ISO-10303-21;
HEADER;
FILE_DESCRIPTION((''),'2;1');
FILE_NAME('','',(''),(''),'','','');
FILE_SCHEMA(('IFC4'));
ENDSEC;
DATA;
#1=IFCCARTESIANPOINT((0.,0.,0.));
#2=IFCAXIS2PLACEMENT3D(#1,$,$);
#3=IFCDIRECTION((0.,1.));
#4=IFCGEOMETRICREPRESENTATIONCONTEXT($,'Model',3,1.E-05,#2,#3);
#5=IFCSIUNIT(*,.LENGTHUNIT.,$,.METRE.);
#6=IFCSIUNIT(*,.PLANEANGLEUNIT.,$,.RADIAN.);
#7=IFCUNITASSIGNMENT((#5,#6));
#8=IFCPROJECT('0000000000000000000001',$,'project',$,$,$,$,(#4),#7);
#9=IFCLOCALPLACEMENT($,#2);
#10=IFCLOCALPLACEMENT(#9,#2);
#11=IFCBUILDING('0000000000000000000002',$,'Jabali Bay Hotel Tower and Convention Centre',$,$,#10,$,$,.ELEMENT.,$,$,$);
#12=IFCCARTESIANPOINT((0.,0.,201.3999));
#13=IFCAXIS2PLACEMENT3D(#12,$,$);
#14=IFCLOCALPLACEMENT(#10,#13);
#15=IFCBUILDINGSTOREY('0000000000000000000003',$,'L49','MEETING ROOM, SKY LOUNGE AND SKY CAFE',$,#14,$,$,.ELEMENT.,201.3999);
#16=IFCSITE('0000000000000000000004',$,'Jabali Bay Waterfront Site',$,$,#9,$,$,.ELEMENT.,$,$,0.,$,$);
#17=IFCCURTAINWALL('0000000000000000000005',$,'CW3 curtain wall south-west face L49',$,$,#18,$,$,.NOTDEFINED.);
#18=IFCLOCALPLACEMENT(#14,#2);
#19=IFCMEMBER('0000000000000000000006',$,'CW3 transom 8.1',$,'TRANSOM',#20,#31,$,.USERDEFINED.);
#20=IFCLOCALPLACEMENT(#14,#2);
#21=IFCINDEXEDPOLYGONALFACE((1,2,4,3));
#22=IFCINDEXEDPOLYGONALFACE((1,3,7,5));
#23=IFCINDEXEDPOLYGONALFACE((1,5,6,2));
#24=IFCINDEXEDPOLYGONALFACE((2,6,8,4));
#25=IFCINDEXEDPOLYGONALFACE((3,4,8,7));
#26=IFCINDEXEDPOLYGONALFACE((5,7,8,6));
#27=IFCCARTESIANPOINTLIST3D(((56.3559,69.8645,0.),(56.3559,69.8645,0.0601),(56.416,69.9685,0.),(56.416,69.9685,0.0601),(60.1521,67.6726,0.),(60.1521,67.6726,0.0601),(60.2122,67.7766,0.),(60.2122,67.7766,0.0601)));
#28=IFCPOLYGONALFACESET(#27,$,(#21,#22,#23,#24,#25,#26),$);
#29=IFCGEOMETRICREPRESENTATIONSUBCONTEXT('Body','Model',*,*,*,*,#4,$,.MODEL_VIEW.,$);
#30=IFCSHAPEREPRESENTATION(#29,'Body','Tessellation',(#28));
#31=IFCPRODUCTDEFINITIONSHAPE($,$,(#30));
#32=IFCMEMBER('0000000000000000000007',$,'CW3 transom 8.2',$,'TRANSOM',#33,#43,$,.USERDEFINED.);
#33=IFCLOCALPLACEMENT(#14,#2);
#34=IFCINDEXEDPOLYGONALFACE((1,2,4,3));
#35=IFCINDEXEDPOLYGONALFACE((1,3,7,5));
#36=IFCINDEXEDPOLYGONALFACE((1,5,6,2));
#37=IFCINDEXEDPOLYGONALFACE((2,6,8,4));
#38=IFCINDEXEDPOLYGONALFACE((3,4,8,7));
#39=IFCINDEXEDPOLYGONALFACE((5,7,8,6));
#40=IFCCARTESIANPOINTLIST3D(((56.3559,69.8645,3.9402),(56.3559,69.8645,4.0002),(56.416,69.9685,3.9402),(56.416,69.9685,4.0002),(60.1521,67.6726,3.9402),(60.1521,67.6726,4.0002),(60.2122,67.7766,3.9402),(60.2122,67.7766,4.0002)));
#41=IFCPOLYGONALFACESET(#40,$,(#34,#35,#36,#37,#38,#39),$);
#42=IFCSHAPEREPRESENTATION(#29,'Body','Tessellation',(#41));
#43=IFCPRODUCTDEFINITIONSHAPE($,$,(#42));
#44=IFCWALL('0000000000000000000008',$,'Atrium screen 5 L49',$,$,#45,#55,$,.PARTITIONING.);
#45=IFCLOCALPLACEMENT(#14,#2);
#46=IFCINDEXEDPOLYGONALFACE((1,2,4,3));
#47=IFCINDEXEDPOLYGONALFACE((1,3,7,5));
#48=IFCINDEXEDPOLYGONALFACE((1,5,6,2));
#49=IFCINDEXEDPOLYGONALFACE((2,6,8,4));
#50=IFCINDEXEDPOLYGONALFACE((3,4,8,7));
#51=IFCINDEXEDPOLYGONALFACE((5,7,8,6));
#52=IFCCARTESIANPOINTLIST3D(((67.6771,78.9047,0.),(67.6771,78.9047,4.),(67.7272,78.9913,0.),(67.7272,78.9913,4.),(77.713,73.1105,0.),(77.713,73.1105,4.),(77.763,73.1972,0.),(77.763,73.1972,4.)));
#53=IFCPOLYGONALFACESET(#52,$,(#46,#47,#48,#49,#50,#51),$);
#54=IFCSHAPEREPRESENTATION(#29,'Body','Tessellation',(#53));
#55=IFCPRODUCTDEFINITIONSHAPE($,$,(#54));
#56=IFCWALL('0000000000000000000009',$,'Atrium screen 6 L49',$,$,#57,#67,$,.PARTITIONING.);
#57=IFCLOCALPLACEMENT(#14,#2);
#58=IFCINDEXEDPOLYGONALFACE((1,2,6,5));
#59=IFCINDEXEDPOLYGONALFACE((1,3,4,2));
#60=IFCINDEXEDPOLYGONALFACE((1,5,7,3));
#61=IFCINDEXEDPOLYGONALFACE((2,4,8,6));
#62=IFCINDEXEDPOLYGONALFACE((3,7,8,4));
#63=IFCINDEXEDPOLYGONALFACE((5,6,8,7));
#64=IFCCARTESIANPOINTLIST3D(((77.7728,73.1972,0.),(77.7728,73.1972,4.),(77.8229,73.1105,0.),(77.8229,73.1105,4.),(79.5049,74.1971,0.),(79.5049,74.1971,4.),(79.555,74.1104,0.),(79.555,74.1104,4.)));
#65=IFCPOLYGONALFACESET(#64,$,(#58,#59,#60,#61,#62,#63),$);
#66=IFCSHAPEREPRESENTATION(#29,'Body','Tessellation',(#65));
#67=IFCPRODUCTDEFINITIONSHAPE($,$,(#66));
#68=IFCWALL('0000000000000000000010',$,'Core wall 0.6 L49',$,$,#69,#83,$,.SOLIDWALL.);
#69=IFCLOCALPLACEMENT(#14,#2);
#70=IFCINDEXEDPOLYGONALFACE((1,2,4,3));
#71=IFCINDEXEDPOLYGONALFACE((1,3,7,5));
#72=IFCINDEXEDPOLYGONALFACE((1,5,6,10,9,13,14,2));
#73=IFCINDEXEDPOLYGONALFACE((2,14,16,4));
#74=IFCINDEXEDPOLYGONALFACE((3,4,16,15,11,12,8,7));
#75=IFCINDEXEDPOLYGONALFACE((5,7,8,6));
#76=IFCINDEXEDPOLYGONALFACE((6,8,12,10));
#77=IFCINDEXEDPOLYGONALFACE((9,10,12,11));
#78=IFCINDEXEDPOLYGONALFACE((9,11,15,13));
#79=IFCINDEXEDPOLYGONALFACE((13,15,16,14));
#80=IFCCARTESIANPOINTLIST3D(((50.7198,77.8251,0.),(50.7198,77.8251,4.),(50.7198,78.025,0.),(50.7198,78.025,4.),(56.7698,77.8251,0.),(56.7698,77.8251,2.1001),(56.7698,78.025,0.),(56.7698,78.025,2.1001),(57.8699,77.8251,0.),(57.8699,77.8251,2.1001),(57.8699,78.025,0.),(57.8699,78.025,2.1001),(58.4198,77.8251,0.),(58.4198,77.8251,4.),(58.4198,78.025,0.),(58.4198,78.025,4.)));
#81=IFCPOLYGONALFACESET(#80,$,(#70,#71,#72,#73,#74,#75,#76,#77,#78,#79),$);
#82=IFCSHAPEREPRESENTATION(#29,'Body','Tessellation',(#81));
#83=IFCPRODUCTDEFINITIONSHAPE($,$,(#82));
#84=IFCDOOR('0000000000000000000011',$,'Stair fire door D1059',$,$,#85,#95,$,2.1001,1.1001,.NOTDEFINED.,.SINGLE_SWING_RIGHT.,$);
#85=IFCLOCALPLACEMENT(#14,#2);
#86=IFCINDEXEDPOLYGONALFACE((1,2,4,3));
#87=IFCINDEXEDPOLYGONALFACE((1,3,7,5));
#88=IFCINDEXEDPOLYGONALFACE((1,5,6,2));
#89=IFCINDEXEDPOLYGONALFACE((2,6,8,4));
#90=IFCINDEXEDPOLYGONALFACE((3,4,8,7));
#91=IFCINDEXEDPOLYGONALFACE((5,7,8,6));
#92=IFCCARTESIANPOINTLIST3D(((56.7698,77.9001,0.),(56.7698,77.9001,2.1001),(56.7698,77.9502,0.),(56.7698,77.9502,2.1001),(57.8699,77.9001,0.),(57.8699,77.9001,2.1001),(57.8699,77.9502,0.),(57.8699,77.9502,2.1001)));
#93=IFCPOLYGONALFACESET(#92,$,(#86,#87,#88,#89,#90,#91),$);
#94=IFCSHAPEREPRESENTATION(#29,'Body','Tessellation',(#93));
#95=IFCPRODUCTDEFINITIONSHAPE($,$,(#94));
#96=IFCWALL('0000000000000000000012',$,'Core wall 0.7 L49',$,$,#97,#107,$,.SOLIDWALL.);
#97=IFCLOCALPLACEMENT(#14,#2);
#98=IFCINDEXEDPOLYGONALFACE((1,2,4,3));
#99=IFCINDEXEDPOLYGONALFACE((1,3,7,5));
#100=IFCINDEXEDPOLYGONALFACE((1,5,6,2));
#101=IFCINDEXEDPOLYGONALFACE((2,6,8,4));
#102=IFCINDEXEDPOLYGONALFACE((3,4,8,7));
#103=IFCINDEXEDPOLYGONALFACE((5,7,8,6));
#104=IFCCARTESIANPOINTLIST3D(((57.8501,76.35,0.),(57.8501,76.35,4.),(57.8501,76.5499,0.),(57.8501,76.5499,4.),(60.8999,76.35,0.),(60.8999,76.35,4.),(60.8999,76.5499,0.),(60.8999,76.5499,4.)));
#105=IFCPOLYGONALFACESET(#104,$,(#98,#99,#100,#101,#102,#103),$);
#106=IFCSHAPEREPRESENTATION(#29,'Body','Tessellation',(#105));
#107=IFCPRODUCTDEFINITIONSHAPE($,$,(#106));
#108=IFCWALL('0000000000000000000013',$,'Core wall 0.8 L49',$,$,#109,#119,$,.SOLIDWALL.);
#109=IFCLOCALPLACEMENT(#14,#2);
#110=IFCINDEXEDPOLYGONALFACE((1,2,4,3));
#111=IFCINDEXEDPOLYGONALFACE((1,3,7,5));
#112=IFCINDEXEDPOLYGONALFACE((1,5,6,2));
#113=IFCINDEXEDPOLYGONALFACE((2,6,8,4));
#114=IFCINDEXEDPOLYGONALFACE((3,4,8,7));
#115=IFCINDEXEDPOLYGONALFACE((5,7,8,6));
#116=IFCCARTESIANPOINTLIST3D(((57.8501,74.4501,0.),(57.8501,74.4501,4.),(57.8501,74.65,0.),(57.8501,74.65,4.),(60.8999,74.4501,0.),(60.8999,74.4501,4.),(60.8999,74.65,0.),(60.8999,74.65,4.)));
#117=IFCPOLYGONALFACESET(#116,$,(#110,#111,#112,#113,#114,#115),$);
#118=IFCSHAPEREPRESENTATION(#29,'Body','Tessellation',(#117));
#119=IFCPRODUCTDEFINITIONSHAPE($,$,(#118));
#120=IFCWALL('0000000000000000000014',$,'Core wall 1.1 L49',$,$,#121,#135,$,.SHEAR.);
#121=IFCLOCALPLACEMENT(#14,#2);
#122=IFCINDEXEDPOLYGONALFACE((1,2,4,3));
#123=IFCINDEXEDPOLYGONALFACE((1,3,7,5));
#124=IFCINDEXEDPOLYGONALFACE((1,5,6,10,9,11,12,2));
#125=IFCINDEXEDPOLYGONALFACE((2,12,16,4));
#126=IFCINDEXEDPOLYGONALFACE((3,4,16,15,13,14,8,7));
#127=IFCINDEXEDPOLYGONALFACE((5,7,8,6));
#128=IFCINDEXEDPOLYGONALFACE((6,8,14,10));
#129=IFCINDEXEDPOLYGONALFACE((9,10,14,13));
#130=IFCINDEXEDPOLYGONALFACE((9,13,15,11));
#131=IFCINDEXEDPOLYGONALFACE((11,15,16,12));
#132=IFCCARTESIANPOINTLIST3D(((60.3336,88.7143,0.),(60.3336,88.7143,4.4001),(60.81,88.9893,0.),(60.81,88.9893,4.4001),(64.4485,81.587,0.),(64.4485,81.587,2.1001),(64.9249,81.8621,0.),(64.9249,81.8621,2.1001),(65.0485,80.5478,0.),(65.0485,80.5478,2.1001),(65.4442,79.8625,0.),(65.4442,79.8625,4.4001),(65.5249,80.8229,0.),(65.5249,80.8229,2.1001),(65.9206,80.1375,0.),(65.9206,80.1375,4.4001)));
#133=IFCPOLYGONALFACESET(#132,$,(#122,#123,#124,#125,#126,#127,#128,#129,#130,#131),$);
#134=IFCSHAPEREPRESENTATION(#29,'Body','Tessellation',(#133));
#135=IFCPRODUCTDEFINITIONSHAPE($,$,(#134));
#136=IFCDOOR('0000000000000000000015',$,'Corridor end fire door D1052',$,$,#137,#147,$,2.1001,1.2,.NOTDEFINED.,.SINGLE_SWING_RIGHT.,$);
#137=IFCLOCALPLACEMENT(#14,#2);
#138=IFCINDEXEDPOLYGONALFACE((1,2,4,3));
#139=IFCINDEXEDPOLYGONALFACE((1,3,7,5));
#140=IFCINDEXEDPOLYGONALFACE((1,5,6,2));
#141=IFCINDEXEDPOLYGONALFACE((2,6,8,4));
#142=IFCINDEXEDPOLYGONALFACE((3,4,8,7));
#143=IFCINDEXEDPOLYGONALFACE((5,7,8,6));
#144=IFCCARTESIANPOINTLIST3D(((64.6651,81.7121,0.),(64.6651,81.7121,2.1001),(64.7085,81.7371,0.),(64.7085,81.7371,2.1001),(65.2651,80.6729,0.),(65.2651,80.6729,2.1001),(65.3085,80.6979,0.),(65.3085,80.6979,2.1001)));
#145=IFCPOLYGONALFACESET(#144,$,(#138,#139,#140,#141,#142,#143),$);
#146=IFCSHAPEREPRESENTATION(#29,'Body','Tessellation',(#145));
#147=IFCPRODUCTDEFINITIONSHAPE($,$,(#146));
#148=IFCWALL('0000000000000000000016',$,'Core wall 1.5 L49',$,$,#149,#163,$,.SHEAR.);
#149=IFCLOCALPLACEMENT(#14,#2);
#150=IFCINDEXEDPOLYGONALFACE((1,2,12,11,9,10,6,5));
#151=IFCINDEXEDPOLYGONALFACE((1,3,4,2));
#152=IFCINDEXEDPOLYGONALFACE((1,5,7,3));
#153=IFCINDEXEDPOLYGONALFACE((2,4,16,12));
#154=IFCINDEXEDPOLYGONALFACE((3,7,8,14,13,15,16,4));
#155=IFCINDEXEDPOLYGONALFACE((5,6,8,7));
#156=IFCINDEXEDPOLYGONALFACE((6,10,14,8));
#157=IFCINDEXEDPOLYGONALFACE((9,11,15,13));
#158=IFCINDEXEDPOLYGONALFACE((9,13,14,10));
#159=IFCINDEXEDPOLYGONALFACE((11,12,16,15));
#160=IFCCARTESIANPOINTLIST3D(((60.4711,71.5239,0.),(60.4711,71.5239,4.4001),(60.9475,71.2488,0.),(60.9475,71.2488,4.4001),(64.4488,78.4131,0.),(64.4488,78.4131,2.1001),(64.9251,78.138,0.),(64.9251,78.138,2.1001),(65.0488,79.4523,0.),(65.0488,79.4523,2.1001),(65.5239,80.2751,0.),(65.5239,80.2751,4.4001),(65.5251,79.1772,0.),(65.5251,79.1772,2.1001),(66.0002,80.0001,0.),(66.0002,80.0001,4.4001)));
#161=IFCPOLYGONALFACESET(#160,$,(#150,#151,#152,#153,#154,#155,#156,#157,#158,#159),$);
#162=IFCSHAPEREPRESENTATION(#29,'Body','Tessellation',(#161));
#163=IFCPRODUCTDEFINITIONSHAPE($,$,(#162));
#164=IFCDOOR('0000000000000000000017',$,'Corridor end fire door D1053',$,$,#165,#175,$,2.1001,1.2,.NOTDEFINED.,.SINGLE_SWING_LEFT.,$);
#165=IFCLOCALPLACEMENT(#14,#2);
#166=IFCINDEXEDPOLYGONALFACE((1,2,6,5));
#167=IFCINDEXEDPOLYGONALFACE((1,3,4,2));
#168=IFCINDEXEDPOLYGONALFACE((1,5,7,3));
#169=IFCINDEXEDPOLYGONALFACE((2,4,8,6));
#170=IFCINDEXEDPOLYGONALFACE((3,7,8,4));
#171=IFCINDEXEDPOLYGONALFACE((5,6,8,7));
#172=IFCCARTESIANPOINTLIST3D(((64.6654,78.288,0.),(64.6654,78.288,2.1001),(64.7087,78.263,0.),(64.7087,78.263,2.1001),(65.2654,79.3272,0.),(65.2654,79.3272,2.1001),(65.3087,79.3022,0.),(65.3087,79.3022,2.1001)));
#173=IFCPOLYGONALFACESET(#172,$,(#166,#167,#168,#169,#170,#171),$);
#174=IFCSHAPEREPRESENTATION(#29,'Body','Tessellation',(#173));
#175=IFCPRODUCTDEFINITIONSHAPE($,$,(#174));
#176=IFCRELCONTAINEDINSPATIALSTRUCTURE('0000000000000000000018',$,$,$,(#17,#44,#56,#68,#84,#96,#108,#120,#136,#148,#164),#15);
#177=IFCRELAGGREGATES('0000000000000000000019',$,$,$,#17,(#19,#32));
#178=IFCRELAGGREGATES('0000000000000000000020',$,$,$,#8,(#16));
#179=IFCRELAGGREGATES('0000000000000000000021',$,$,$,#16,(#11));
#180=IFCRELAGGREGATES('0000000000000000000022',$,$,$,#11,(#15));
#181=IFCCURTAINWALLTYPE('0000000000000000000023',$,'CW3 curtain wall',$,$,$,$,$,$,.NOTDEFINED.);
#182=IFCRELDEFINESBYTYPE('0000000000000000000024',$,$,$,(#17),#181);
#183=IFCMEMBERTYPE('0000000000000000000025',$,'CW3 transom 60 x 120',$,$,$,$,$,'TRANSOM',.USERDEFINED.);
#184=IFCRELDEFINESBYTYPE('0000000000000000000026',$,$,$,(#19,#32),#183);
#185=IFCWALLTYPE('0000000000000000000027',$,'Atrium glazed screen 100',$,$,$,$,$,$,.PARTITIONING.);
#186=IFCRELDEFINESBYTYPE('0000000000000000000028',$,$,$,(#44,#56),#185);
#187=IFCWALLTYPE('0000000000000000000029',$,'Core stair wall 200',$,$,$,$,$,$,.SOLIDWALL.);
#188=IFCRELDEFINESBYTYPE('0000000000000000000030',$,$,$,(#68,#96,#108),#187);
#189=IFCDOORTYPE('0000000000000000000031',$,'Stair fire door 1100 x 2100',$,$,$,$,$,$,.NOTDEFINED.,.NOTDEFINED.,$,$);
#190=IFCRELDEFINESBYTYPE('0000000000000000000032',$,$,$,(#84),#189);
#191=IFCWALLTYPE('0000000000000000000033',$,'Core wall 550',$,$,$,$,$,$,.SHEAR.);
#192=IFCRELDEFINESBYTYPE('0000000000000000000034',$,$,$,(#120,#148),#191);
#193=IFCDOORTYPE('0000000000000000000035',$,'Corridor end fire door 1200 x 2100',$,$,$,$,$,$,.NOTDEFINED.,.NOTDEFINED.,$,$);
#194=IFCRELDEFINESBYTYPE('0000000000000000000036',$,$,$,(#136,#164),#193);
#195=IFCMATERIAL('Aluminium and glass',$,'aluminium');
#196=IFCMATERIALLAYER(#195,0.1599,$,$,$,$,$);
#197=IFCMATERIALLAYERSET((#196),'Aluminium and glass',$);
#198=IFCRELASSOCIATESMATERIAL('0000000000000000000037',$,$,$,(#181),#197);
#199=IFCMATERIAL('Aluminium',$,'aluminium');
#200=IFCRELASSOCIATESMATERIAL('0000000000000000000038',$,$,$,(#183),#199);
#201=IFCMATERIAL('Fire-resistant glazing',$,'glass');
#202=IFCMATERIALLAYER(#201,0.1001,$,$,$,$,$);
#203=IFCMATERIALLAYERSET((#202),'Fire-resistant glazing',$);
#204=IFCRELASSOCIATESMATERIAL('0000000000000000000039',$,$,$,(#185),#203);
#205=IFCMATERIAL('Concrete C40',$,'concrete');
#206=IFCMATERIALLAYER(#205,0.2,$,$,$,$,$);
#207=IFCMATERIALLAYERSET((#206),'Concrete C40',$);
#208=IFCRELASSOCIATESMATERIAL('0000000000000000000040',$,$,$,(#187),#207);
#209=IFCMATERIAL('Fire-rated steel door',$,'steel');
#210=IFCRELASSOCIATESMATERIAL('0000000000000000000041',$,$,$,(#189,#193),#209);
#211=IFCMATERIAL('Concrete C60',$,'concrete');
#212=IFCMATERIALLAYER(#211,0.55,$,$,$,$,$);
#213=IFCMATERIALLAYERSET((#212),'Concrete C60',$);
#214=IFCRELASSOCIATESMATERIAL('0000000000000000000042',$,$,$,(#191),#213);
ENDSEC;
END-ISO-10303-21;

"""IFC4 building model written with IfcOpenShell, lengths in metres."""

from ifc_helpers import new_model, si_unit, direction, frame, frame_2d, origin, origin_2d, place, context, subcontext, project, spatial, rectangle, extrude, material, layer, layer_set, material_profile, profile_set, type_object, element, fill, aggregate, save


model = new_model("IFC4")

# Units and contexts
model_context = context("Model", 3, precision=1e-05, world=origin(), true_north=direction((0.0, 1.0)))
body_context = subcontext(model_context, "Body", "Model", "MODEL_VIEW")
ifc_project = project(units=[si_unit("LENGTHUNIT", "METRE"), si_unit("PLANEANGLEUNIT", "RADIAN")], contexts=[model_context])

# Site, building, storey
site_placement = place(None, origin())
site = spatial("IfcSite", under=ifc_project, at=site_placement, Name="Jabali Bay Waterfront Site", CompositionType="ELEMENT", RefElevation=0.0)
building_placement = place(site_placement, origin())
building = spatial("IfcBuilding", under=site, at=building_placement, Name="Jabali Bay Hotel Tower and Convention Centre", CompositionType="ELEMENT")
storey_placement = place(building_placement, frame((0.0, 0.0, 201.3999)))
storey = spatial("IfcBuildingStorey", under=building, at=storey_placement, Name="L49", Description="MEETING ROOM, SKY LOUNGE AND SKY CAFE", CompositionType="ELEMENT", Elevation=201.3999)

# Curtain wall, members
ifc_material_1 = material(Name="Aluminium and glass", Category="aluminium")
ifc_layer_1 = layer(ifc_material_1, 0.1599)
ifc_layer_set_1 = layer_set([ifc_layer_1], Name="Aluminium and glass")
curtain_wall_type = type_object("IfcCurtainWallType", Name="CW3 curtain wall", PredefinedType="NOTDEFINED", material=ifc_layer_set_1)
curtain_wall_placement = place(storey_placement, origin())
curtain_wall = element("IfcCurtainWall", 1, at=curtain_wall_placement, inside=storey, type_object=curtain_wall_type, Name="CW3 curtain wall south-west face L49", PredefinedType="NOTDEFINED")
ifc_material_2 = material(Name="Aluminium", Category="aluminium")
ifc_material_profile = material_profile(ifc_material_2, rectangle(XDim=0.1201, YDim=0.0601, at=origin_2d()), Name="CW3 transom 60 x 120")
ifc_profile_set = profile_set([ifc_material_profile], Name="Aluminium")
member_type = type_object("IfcMemberType", Name="CW3 transom 60 x 120", ElementType="TRANSOM", PredefinedType="USERDEFINED", material=ifc_profile_set)
member_1_placement = place(storey_placement, frame((60.1821, 67.7246, 0.03), z_axis=(-0.866007, 0.500033, 0.0), x_axis=(-0.500033, -0.866007, 0.0)))
member_1 = element("IfcMember", 2, at=member_1_placement, type_object=member_type, Name="CW3 transom 8.1", ObjectType="TRANSOM", PredefinedType="USERDEFINED", context=body_context, shape_type="SweptSolid", body=[
    extrude(rectangle(XDim=0.1201, YDim=0.0601, at=origin_2d()), origin(), (0.0, 0.0, 1.0), 4.3835),
])
member_2_placement = place(storey_placement, frame((60.1821, 67.7246, 3.9702), z_axis=(-0.866007, 0.500033, 0.0), x_axis=(-0.500033, -0.866007, 0.0)))
member_2 = element("IfcMember", 3, at=member_2_placement, type_object=member_type, Name="CW3 transom 8.2", ObjectType="TRANSOM", PredefinedType="USERDEFINED", context=body_context, shape_type="SweptSolid", body=[
    extrude(rectangle(XDim=0.1201, YDim=0.0601, at=origin_2d()), origin(), (0.0, 0.0, 1.0), 4.3835),
])
aggregate(curtain_wall, [member_1, member_2])

# Walls
ifc_material_3 = material(Name="Fire-resistant glazing", Category="glass")
ifc_layer_2 = layer(ifc_material_3, 0.1001)
ifc_layer_set_2 = layer_set([ifc_layer_2], Name="Fire-resistant glazing")
wall_type_1 = type_object("IfcWallType", Name="Atrium glazed screen 100", PredefinedType="PARTITIONING", material=ifc_layer_set_2)
wall_1_placement = place(storey_placement, frame((67.7021, 78.948, 0.0), z_axis=(0.0, 0.0, 1.0), x_axis=(0.866027, -0.499998, 0.0)))
element("IfcWall", 4, at=wall_1_placement, inside=storey, type_object=wall_type_1, Name="Atrium screen 5 L49", PredefinedType="PARTITIONING", context=body_context, shape_type="SweptSolid", body=[
    extrude(rectangle(XDim=11.5884, YDim=0.1001, at=frame_2d((5.7942, 0.0))), origin(), (0.0, 0.0, 1.0), 4.0),
])
wall_2_placement = place(storey_placement, frame((77.7979, 73.1538, 0.0), z_axis=(0.0, 0.0, 1.0), x_axis=(0.866041, 0.499973, 0.0)))
element("IfcWall", 5, at=wall_2_placement, inside=storey, type_object=wall_type_1, Name="Atrium screen 6 L49", PredefinedType="PARTITIONING", context=body_context, shape_type="SweptSolid", body=[
    extrude(rectangle(XDim=2.0, YDim=0.1001, at=frame_2d((1.0, 0.0))), origin(), (0.0, 0.0, 1.0), 4.0),
])

# Wall, opening, door
ifc_material_4 = material(Name="Concrete C40", Category="concrete")
ifc_layer_3 = layer(ifc_material_4, 0.2)
ifc_layer_set_3 = layer_set([ifc_layer_3], Name="Concrete C40")
wall_type_2 = type_object("IfcWallType", Name="Core stair wall 200", PredefinedType="SOLIDWALL", material=ifc_layer_set_3)
wall_3_placement = place(storey_placement, frame((58.4199, 77.925, 0.0), z_axis=(0.0, 0.0, 1.0), x_axis=(-1.0, 0.0, 0.0)))
wall_3 = element("IfcWall", 6, at=wall_3_placement, inside=storey, type_object=wall_type_2, Name="Core wall 0.6 L49", PredefinedType="SOLIDWALL", context=body_context, shape_type="SweptSolid", body=[
    extrude(rectangle(XDim=7.7, YDim=0.2, at=frame_2d((3.8501, 0.0))), origin(), (0.0, 0.0, 1.0), 4.0),
])
opening_1_placement = place(wall_3_placement, frame((0.55, 0.0, 0.0)))
opening_1 = element("IfcOpeningElement", 7, at=opening_1_placement, cuts=wall_3, PredefinedType="OPENING", context=body_context, shape_type="SweptSolid", body=[
    extrude(rectangle(XDim=1.1001, YDim=2.1001, at=frame_2d((0.55, 1.05))), frame((0.0, 0.1104, 0.0), z_axis=(0.0, -1.0, 0.0), x_axis=(1.0, 0.0, 0.0)), (0.0, 0.0, 1.0), 0.2209),
])
ifc_material_5 = material(Name="Fire-rated steel door", Category="steel")
door_type_1 = type_object("IfcDoorType", Name="Stair fire door 1100 x 2100", OperationType="NOTDEFINED", PredefinedType="NOTDEFINED", material=ifc_material_5)
door_1_placement = place(opening_1_placement, origin())
door_1 = element("IfcDoor", 8, at=door_1_placement, inside=storey, type_object=door_type_1, Name="Stair fire door D1059", OperationType="SINGLE_SWING_RIGHT", OverallHeight=2.1001, OverallWidth=1.1001, PredefinedType="NOTDEFINED", context=body_context, shape_type="SweptSolid", body=[
    extrude(rectangle(XDim=1.1001, YDim=2.1001, at=frame_2d((0.55, 1.05))), frame((0.0, 0.0249, 0.0), z_axis=(0.0, -1.0, 0.0), x_axis=(1.0, 0.0, 0.0)), (0.0, 0.0, 1.0), 0.05),
])
fill(opening_1, door_1)

# Walls
for number, where, z_axis, x_axis, name in (
    (9, (60.8999, 76.45, 0.0), (0.0, 0.0, 1.0), (-1.0, 0.0, 0.0), "Core wall 0.7 L49"),
    (10, (60.8999, 74.55, 0.0), (0.0, 0.0, 1.0), (-1.0, 0.0, 0.0), "Core wall 0.8 L49"),
):
    element("IfcWall", number, at=place(storey_placement, frame(where, z_axis=z_axis, x_axis=x_axis)), inside=storey, type_object=wall_type_2, Name=name, PredefinedType="SOLIDWALL", context=body_context, shape_type="SweptSolid", body=[
        extrude(rectangle(XDim=3.0498, YDim=0.2, at=frame_2d((1.5249, 0.0))), origin(), (0.0, 0.0, 1.0), 4.0),
    ])

# Walls, openings, doors
ifc_material_6 = material(Name="Concrete C60", Category="concrete")
ifc_layer_4 = layer(ifc_material_6, 0.55)
ifc_layer_set_4 = layer_set([ifc_layer_4], Name="Concrete C60")
wall_type_3 = type_object("IfcWallType", Name="Core wall 550", PredefinedType="SHEAR", material=ifc_layer_set_4)
wall_4_placement = place(storey_placement, frame((65.6824, 80.0, 0.0), z_axis=(0.0, 0.0, 1.0), x_axis=(-0.5, 0.866025, 0.0)))
wall_4 = element("IfcWall", 11, at=wall_4_placement, inside=storey, type_object=wall_type_3, Name="Core wall 1.1 L49", PredefinedType="SHEAR", context=body_context, shape_type="SweptSolid", body=[
    extrude(rectangle(XDim=10.2212, YDim=0.55, at=frame_2d((5.1106, 0.0))), origin(), (0.0, 0.0, 1.0), 4.4001),
])
opening_2_placement = place(wall_4_placement, frame((0.7913, 0.0, 0.0)))
opening_2 = element("IfcOpeningElement", 12, at=opening_2_placement, cuts=wall_4, PredefinedType="OPENING", context=body_context, shape_type="SweptSolid", body=[
    extrude(rectangle(XDim=1.2, YDim=2.1001, at=frame_2d((0.6001, 1.05))), frame((0.0, 0.2856, 0.0), z_axis=(0.0, -1.0, 0.0), x_axis=(1.0, 0.0, 0.0)), (0.0, 0.0, 1.0), 0.571),
])
door_type_2 = type_object("IfcDoorType", Name="Corridor end fire door 1200 x 2100", OperationType="NOTDEFINED", PredefinedType="NOTDEFINED", material=ifc_material_5)
door_2_placement = place(opening_2_placement, origin())
door_2 = element("IfcDoor", 13, at=door_2_placement, inside=storey, type_object=door_type_2, Name="Corridor end fire door D1052", OperationType="SINGLE_SWING_RIGHT", OverallHeight=2.1001, OverallWidth=1.2, PredefinedType="NOTDEFINED", context=body_context, shape_type="SweptSolid", body=[
    extrude(rectangle(XDim=1.2, YDim=2.1001, at=frame_2d((0.6001, 1.05))), frame((0.0, 0.0249, 0.0), z_axis=(0.0, -1.0, 0.0), x_axis=(1.0, 0.0, 0.0)), (0.0, 0.0, 1.0), 0.05),
])
fill(opening_2, door_2)
wall_5_placement = place(storey_placement, frame((60.7092, 71.3862, 0.0), z_axis=(0.0, 0.0, 1.0), x_axis=(0.500016, 0.866016, 0.0)))
wall_5 = element("IfcWall", 14, at=wall_5_placement, inside=storey, type_object=wall_type_3, Name="Core wall 1.5 L49", PredefinedType="SHEAR", context=body_context, shape_type="SweptSolid", body=[
    extrude(rectangle(XDim=10.1052, YDim=0.55, at=frame_2d((5.0527, 0.0))), origin(), (0.0, 0.0, 1.0), 4.4001),
])
opening_3_placement = place(wall_5_placement, frame((7.9551, 0.0, 0.0)))
opening_3 = element("IfcOpeningElement", 15, at=opening_3_placement, cuts=wall_5, PredefinedType="OPENING", context=body_context, shape_type="SweptSolid", body=[
    extrude(rectangle(XDim=1.2, YDim=2.1001, at=frame_2d((0.6001, 1.05))), frame((0.0, 0.2856, 0.0), z_axis=(0.0, -1.0, 0.0), x_axis=(1.0, 0.0, 0.0)), (0.0, 0.0, 1.0), 0.571),
])
door_3_placement = place(opening_3_placement, origin())
door_3 = element("IfcDoor", 16, at=door_3_placement, inside=storey, type_object=door_type_2, Name="Corridor end fire door D1053", OperationType="SINGLE_SWING_LEFT", OverallHeight=2.1001, OverallWidth=1.2, PredefinedType="NOTDEFINED", context=body_context, shape_type="SweptSolid", body=[
    extrude(rectangle(XDim=1.2, YDim=2.1001, at=frame_2d((0.6001, 1.05))), frame((0.0, 0.0249, 0.0), z_axis=(0.0, -1.0, 0.0), x_axis=(1.0, 0.0, 0.0)), (0.0, 0.0, 1.0), 0.05),
])
fill(opening_3, door_3)

save(model, "model.ifc")
